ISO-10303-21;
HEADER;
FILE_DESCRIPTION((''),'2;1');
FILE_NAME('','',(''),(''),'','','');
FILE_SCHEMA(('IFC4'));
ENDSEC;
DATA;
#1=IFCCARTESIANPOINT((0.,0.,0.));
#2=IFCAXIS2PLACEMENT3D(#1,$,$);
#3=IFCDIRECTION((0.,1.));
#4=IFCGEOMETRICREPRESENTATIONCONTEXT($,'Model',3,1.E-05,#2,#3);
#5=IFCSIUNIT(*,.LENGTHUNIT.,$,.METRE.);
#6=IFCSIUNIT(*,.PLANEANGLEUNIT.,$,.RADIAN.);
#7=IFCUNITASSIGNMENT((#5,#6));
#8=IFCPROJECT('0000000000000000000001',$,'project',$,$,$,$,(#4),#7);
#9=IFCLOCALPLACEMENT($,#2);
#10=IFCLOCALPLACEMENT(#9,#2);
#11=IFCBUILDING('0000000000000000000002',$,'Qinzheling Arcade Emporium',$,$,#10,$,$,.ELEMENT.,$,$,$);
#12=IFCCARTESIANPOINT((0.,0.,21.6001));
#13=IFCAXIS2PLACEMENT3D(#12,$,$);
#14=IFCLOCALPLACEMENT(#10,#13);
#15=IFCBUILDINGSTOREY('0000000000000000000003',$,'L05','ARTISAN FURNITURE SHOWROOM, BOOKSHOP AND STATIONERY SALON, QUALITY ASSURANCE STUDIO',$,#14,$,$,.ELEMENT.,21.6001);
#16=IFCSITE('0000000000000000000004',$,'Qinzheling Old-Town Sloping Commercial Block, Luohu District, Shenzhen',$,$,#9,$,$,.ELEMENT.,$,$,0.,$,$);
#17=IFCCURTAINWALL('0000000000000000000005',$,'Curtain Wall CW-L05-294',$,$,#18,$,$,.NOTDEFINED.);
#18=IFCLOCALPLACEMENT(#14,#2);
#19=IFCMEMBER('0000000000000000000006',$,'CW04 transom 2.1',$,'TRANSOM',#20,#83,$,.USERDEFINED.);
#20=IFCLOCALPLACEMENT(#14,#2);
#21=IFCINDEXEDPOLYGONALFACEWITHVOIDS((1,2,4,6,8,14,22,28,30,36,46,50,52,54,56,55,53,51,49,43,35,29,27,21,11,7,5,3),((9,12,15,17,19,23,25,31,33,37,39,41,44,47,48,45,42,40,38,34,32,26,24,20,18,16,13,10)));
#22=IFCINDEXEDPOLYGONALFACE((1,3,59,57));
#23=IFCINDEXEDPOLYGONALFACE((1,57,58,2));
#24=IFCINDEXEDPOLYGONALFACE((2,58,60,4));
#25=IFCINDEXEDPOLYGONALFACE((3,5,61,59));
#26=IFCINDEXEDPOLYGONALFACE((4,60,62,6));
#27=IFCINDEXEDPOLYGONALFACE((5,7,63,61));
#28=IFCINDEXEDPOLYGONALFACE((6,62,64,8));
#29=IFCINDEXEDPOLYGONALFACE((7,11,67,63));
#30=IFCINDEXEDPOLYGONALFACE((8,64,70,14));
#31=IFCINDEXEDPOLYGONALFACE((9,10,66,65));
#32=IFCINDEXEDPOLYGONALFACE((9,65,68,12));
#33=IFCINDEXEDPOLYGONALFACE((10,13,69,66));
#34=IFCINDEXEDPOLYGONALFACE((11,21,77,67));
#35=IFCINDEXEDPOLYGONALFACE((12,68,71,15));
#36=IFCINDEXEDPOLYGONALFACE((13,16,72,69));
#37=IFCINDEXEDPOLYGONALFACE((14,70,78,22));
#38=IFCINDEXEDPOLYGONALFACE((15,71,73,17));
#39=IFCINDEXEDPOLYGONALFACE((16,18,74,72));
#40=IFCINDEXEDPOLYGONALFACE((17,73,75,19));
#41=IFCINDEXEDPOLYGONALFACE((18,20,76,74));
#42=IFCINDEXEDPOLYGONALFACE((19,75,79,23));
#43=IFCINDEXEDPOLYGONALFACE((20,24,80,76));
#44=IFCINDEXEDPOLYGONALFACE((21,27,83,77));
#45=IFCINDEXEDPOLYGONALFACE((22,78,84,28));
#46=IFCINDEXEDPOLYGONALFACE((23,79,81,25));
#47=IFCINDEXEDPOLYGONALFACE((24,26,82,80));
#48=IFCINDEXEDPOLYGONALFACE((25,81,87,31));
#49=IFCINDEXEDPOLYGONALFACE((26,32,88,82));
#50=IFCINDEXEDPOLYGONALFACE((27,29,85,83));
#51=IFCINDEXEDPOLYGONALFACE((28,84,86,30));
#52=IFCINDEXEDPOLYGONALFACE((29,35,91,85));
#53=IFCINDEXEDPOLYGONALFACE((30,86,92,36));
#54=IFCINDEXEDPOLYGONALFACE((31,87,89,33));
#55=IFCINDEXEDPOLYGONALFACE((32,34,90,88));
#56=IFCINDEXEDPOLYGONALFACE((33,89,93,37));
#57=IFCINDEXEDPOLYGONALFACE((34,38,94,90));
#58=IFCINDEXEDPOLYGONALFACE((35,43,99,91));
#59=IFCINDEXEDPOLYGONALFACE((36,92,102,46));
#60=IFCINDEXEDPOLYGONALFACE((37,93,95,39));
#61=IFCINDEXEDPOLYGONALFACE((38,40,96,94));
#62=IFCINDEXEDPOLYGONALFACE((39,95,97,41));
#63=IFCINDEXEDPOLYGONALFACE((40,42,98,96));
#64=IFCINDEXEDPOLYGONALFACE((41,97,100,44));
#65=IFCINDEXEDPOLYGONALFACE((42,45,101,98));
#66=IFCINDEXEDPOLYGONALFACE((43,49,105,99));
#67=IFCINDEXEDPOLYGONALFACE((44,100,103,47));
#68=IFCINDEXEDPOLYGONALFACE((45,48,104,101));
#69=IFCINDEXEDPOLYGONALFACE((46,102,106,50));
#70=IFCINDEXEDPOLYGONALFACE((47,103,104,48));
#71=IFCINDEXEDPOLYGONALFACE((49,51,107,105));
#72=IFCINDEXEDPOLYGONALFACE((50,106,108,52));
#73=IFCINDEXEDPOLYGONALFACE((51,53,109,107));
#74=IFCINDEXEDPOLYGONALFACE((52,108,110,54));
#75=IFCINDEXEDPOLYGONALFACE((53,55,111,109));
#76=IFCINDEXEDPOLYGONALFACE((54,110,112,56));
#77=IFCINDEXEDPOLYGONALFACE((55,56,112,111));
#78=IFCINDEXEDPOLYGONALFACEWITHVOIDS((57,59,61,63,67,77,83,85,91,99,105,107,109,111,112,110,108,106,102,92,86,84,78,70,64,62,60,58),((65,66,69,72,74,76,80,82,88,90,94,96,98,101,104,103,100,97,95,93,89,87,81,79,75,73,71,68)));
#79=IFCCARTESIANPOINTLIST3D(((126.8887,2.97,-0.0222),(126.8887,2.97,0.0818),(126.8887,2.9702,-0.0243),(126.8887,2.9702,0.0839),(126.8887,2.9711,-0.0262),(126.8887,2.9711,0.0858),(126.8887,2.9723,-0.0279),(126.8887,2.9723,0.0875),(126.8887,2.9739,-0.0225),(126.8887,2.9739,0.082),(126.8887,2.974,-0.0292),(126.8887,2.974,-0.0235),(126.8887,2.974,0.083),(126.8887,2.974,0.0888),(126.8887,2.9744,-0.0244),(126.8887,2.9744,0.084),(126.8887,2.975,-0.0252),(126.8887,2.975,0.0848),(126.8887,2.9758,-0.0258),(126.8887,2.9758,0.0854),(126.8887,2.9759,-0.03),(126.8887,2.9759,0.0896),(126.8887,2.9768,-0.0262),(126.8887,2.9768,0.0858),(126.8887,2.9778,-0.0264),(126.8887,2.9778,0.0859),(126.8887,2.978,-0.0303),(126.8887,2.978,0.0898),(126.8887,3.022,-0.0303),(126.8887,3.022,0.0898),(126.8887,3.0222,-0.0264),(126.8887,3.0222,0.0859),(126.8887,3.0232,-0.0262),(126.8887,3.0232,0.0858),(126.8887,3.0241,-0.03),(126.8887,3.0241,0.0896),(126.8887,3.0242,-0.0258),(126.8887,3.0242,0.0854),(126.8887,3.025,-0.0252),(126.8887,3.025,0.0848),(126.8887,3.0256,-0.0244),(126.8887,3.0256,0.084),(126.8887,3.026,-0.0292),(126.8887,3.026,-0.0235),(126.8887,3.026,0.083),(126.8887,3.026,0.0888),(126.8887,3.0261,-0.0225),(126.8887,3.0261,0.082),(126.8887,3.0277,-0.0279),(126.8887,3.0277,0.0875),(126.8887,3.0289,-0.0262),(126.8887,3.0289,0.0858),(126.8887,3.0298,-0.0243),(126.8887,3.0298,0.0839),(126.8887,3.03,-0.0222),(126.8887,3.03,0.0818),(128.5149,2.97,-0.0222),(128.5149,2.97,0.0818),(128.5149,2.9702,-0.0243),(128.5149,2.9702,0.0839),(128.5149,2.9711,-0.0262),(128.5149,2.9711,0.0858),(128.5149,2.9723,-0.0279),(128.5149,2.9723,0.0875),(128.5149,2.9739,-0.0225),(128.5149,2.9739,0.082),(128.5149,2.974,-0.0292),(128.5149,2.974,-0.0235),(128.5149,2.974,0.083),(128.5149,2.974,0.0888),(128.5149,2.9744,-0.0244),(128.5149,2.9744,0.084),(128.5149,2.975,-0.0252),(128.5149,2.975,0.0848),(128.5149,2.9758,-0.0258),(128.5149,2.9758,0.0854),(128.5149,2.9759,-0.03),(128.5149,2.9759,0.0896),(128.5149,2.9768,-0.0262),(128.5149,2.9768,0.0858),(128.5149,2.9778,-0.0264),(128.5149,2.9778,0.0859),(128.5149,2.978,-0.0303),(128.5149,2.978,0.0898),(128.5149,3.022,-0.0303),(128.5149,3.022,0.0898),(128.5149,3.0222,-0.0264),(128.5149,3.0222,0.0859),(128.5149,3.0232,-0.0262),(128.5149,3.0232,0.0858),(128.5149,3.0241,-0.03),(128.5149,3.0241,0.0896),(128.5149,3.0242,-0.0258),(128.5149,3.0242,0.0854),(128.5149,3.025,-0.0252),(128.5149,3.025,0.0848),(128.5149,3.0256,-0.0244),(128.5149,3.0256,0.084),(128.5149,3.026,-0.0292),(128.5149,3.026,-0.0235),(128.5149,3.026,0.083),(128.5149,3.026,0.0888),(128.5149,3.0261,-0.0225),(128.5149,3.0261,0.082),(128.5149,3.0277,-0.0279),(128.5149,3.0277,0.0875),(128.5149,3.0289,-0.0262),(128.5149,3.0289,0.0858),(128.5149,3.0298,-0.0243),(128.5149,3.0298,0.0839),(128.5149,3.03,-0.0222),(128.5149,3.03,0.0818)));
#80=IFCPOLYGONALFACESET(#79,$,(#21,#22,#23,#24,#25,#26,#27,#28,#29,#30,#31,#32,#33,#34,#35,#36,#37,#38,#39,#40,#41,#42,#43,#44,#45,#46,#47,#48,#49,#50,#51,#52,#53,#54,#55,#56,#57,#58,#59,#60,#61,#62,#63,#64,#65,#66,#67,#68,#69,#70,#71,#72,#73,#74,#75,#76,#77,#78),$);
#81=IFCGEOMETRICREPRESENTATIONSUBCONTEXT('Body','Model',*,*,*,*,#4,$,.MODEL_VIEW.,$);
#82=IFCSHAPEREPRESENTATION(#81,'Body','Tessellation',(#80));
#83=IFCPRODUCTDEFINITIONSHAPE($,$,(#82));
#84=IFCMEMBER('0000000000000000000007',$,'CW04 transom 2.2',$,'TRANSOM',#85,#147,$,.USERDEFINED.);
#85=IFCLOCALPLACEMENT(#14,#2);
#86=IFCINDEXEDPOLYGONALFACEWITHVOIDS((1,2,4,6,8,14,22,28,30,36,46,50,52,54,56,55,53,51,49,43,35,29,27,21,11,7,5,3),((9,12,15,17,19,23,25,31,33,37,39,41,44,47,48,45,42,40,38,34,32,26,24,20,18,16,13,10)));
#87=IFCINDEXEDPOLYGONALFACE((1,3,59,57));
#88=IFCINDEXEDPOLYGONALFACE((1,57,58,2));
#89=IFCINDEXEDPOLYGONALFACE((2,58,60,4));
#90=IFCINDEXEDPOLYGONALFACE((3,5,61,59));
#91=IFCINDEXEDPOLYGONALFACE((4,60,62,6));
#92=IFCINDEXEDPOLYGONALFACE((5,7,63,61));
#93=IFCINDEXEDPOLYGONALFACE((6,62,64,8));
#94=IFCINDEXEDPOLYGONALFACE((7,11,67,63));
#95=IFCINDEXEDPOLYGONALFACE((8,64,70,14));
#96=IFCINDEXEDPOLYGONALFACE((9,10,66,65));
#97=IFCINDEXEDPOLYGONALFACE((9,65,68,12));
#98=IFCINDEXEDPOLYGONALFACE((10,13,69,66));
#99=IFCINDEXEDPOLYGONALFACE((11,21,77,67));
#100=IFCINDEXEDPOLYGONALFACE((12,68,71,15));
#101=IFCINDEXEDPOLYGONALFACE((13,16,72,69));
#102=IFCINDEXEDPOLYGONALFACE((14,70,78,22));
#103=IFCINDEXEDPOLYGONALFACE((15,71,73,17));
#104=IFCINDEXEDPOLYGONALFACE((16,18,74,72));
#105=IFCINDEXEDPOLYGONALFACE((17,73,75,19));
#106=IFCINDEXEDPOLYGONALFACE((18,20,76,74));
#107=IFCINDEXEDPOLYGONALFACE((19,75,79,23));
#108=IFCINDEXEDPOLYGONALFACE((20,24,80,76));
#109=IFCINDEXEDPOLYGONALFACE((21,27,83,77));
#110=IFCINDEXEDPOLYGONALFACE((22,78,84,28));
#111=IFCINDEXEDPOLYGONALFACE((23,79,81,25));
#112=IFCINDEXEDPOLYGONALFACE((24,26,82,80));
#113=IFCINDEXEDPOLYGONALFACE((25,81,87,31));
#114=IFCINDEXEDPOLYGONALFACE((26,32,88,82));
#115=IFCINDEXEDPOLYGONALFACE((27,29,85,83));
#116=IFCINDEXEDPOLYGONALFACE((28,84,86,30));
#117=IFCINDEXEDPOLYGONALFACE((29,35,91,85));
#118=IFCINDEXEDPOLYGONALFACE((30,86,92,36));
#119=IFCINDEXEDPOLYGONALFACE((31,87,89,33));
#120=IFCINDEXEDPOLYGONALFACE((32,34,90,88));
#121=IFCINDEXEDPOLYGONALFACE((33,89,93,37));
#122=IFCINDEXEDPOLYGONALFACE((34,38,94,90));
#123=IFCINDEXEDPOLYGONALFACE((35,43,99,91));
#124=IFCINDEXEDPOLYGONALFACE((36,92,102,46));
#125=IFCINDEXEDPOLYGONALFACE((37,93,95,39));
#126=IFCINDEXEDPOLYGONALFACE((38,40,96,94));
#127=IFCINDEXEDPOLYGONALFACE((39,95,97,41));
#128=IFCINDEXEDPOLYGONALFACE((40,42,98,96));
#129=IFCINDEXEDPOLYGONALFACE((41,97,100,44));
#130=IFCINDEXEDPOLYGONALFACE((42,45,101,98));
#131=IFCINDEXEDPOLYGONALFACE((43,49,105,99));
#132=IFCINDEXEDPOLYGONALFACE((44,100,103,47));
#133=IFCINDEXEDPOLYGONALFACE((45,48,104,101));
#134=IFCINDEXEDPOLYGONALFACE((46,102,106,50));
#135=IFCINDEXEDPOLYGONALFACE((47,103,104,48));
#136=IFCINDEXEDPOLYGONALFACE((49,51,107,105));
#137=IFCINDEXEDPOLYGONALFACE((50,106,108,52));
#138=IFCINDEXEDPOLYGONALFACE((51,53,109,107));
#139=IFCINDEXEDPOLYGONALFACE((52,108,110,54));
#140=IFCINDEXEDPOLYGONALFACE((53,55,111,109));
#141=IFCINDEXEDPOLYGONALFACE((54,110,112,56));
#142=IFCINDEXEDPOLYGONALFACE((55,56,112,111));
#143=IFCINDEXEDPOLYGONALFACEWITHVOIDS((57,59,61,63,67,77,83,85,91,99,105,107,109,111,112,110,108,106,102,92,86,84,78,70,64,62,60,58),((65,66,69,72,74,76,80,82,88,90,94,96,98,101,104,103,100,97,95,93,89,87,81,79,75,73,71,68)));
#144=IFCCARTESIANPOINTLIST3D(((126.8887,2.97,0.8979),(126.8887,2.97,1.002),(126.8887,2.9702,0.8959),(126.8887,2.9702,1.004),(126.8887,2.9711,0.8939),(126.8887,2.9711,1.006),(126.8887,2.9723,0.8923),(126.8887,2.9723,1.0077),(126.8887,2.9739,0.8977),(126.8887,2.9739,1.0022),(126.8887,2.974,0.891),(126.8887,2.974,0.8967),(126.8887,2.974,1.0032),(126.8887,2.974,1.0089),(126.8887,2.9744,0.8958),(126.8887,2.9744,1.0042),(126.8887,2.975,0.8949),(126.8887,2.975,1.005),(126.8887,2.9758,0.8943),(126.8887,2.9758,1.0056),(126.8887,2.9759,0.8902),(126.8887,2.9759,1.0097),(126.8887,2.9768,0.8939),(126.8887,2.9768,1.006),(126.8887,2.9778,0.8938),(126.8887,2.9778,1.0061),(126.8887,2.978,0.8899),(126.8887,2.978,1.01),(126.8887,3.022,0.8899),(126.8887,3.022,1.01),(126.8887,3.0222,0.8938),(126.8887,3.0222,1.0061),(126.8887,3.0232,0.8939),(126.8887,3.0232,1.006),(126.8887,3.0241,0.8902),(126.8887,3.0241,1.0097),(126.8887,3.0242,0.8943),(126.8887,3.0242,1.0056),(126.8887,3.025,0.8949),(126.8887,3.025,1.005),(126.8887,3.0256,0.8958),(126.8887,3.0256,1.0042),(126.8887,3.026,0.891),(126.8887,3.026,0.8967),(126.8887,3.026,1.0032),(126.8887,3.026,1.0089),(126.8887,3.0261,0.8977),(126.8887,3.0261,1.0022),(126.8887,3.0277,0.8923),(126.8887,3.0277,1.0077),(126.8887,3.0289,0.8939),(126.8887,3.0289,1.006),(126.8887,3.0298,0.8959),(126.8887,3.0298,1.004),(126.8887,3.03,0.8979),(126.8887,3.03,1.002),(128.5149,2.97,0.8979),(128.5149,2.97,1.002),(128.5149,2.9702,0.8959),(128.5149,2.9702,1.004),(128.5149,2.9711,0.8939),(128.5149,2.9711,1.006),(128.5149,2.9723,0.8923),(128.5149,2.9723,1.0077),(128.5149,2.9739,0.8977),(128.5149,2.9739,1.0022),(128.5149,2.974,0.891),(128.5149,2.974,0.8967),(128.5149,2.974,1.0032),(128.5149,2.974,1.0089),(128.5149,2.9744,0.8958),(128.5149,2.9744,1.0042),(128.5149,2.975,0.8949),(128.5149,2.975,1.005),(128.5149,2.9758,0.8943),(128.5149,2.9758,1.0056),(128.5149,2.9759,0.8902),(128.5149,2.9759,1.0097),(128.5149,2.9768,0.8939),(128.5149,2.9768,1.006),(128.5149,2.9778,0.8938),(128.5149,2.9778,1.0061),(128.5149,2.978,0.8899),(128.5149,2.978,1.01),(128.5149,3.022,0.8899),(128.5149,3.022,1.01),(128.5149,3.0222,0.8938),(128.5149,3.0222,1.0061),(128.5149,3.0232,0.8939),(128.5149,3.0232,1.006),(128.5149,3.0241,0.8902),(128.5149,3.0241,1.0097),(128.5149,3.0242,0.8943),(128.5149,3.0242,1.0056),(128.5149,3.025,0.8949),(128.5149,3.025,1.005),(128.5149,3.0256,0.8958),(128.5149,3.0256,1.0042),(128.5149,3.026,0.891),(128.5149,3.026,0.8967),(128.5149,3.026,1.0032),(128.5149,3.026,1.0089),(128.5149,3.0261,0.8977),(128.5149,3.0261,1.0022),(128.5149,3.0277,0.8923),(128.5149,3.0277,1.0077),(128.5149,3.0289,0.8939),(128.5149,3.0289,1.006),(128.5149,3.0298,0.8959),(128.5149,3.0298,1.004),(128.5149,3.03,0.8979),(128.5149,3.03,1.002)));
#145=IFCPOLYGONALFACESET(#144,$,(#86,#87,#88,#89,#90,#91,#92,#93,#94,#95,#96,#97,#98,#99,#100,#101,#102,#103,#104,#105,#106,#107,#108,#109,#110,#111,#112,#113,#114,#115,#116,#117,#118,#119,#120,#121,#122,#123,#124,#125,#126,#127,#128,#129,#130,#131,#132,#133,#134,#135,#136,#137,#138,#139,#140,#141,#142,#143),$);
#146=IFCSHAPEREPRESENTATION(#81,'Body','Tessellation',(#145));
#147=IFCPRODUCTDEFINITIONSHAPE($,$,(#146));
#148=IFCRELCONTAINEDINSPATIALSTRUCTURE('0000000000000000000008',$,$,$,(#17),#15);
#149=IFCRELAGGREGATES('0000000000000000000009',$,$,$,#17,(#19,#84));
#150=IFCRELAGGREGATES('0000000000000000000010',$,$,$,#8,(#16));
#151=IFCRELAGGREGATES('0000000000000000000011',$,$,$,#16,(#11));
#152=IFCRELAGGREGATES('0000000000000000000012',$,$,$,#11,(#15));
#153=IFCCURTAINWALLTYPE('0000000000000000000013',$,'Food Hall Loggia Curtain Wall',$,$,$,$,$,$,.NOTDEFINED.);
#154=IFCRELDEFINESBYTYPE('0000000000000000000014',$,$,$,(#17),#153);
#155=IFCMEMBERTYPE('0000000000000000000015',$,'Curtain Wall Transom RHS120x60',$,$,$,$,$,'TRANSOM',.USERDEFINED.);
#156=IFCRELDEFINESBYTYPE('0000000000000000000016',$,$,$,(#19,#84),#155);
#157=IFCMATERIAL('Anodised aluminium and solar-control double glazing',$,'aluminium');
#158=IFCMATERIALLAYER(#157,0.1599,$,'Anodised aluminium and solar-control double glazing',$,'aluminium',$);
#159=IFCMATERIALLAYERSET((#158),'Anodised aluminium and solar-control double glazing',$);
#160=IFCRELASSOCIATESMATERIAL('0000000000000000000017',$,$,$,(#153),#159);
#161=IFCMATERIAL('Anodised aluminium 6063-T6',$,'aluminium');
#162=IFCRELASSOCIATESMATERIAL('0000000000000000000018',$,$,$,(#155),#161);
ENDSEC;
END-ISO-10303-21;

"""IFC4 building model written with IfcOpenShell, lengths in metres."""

from ifc_helpers import new_model, si_unit, direction, frame, origin, origin_2d, place, context, subcontext, project, spatial, hollow_rectangle, extrude, material, layer, layer_set, material_profile, profile_set, type_object, element, aggregate, save


model = new_model("IFC4")

# Units and contexts
model_context = context("Model", 3, precision=1e-05, world=origin(), true_north=direction((0.0, 1.0)))
body_context = subcontext(model_context, "Body", "Model", "MODEL_VIEW")
ifc_project = project(units=[si_unit("LENGTHUNIT", "METRE"), si_unit("PLANEANGLEUNIT", "RADIAN")], contexts=[model_context])

# Site, building, storey
site_placement = place(None, origin())
site = spatial("IfcSite", under=ifc_project, at=site_placement, Name="Qinzheling Old-Town Sloping Commercial Block, Luohu District, Shenzhen", CompositionType="ELEMENT", RefElevation=0.0)
building_placement = place(site_placement, origin())
building = spatial("IfcBuilding", under=site, at=building_placement, Name="Qinzheling Arcade Emporium", CompositionType="ELEMENT")
storey_placement = place(building_placement, frame((0.0, 0.0, 21.6001)))
storey = spatial("IfcBuildingStorey", under=building, at=storey_placement, Name="L05", Description="ARTISAN FURNITURE SHOWROOM, BOOKSHOP AND STATIONERY SALON, QUALITY ASSURANCE STUDIO", CompositionType="ELEMENT", Elevation=21.6001)

# Curtain wall, members
ifc_material_1 = material(Name="Anodised aluminium and solar-control double glazing", Category="aluminium")
ifc_layer_1 = layer(ifc_material_1, 0.1599, Name="Anodised aluminium and solar-control double glazing", Category="aluminium")
ifc_layer_set_1 = layer_set([ifc_layer_1], Name="Anodised aluminium and solar-control double glazing")
curtain_wall_type = type_object("IfcCurtainWallType", Name="Food Hall Loggia Curtain Wall", PredefinedType="NOTDEFINED", material=ifc_layer_set_1)
curtain_wall_placement = place(storey_placement, origin())
curtain_wall = element("IfcCurtainWall", 1, at=curtain_wall_placement, inside=storey, type_object=curtain_wall_type, Name="Curtain Wall CW-L05-294", PredefinedType="NOTDEFINED")
ifc_material_2 = material(Name="Anodised aluminium 6063-T6", Category="aluminium")
ifc_material_profile_1 = material_profile(ifc_material_2, hollow_rectangle(XDim=0.0601, YDim=0.1201, WallThickness=0.0039, InnerFilletRadius=0.0039, OuterFilletRadius=0.0081, at=origin_2d()), Name="RHS 120x60x4", Category="aluminium")
ifc_profile_set_1 = profile_set([ifc_material_profile_1], Name="Anodised aluminium 6063-T6")
member_type_1 = type_object("IfcMemberType", Name="Curtain Wall Transom RHS120x60", ElementType="TRANSOM", PredefinedType="USERDEFINED", material=ifc_profile_set_1)
member_1_placement = place(storey_placement, frame((128.5149, 3.0, 0.0298), z_axis=(-1.0, 0.0, 0.0), x_axis=(0.0, -1.0, 0.0)))
member_1 = element("IfcMember", 2, at=member_1_placement, type_object=member_type_1, Name="CW04 transom 2.1", ObjectType="TRANSOM", PredefinedType="USERDEFINED", context=body_context, shape_type="SweptSolid", body=[
    extrude(hollow_rectangle(XDim=0.0601, YDim=0.1201, WallThickness=0.0039, InnerFilletRadius=0.0039, OuterFilletRadius=0.0081, at=origin_2d()), origin(), (0.0, 0.0, 1.0), 1.6262),
])
member_2_placement = place(storey_placement, frame((128.5149, 3.0, 0.95), z_axis=(-1.0, 0.0, 0.0), x_axis=(0.0, -1.0, 0.0)))
member_2 = element("IfcMember", 3, at=member_2_placement, type_object=member_type_1, Name="CW04 transom 2.2", ObjectType="TRANSOM", PredefinedType="USERDEFINED", context=body_context, shape_type="SweptSolid", body=[
    extrude(hollow_rectangle(XDim=0.0601, YDim=0.1201, WallThickness=0.0039, InnerFilletRadius=0.0039, OuterFilletRadius=0.0081, at=origin_2d()), origin(), (0.0, 0.0, 1.0), 1.6262),
])

aggregate(curtain_wall, [member_1, member_2])

save(model, "model.ifc")
